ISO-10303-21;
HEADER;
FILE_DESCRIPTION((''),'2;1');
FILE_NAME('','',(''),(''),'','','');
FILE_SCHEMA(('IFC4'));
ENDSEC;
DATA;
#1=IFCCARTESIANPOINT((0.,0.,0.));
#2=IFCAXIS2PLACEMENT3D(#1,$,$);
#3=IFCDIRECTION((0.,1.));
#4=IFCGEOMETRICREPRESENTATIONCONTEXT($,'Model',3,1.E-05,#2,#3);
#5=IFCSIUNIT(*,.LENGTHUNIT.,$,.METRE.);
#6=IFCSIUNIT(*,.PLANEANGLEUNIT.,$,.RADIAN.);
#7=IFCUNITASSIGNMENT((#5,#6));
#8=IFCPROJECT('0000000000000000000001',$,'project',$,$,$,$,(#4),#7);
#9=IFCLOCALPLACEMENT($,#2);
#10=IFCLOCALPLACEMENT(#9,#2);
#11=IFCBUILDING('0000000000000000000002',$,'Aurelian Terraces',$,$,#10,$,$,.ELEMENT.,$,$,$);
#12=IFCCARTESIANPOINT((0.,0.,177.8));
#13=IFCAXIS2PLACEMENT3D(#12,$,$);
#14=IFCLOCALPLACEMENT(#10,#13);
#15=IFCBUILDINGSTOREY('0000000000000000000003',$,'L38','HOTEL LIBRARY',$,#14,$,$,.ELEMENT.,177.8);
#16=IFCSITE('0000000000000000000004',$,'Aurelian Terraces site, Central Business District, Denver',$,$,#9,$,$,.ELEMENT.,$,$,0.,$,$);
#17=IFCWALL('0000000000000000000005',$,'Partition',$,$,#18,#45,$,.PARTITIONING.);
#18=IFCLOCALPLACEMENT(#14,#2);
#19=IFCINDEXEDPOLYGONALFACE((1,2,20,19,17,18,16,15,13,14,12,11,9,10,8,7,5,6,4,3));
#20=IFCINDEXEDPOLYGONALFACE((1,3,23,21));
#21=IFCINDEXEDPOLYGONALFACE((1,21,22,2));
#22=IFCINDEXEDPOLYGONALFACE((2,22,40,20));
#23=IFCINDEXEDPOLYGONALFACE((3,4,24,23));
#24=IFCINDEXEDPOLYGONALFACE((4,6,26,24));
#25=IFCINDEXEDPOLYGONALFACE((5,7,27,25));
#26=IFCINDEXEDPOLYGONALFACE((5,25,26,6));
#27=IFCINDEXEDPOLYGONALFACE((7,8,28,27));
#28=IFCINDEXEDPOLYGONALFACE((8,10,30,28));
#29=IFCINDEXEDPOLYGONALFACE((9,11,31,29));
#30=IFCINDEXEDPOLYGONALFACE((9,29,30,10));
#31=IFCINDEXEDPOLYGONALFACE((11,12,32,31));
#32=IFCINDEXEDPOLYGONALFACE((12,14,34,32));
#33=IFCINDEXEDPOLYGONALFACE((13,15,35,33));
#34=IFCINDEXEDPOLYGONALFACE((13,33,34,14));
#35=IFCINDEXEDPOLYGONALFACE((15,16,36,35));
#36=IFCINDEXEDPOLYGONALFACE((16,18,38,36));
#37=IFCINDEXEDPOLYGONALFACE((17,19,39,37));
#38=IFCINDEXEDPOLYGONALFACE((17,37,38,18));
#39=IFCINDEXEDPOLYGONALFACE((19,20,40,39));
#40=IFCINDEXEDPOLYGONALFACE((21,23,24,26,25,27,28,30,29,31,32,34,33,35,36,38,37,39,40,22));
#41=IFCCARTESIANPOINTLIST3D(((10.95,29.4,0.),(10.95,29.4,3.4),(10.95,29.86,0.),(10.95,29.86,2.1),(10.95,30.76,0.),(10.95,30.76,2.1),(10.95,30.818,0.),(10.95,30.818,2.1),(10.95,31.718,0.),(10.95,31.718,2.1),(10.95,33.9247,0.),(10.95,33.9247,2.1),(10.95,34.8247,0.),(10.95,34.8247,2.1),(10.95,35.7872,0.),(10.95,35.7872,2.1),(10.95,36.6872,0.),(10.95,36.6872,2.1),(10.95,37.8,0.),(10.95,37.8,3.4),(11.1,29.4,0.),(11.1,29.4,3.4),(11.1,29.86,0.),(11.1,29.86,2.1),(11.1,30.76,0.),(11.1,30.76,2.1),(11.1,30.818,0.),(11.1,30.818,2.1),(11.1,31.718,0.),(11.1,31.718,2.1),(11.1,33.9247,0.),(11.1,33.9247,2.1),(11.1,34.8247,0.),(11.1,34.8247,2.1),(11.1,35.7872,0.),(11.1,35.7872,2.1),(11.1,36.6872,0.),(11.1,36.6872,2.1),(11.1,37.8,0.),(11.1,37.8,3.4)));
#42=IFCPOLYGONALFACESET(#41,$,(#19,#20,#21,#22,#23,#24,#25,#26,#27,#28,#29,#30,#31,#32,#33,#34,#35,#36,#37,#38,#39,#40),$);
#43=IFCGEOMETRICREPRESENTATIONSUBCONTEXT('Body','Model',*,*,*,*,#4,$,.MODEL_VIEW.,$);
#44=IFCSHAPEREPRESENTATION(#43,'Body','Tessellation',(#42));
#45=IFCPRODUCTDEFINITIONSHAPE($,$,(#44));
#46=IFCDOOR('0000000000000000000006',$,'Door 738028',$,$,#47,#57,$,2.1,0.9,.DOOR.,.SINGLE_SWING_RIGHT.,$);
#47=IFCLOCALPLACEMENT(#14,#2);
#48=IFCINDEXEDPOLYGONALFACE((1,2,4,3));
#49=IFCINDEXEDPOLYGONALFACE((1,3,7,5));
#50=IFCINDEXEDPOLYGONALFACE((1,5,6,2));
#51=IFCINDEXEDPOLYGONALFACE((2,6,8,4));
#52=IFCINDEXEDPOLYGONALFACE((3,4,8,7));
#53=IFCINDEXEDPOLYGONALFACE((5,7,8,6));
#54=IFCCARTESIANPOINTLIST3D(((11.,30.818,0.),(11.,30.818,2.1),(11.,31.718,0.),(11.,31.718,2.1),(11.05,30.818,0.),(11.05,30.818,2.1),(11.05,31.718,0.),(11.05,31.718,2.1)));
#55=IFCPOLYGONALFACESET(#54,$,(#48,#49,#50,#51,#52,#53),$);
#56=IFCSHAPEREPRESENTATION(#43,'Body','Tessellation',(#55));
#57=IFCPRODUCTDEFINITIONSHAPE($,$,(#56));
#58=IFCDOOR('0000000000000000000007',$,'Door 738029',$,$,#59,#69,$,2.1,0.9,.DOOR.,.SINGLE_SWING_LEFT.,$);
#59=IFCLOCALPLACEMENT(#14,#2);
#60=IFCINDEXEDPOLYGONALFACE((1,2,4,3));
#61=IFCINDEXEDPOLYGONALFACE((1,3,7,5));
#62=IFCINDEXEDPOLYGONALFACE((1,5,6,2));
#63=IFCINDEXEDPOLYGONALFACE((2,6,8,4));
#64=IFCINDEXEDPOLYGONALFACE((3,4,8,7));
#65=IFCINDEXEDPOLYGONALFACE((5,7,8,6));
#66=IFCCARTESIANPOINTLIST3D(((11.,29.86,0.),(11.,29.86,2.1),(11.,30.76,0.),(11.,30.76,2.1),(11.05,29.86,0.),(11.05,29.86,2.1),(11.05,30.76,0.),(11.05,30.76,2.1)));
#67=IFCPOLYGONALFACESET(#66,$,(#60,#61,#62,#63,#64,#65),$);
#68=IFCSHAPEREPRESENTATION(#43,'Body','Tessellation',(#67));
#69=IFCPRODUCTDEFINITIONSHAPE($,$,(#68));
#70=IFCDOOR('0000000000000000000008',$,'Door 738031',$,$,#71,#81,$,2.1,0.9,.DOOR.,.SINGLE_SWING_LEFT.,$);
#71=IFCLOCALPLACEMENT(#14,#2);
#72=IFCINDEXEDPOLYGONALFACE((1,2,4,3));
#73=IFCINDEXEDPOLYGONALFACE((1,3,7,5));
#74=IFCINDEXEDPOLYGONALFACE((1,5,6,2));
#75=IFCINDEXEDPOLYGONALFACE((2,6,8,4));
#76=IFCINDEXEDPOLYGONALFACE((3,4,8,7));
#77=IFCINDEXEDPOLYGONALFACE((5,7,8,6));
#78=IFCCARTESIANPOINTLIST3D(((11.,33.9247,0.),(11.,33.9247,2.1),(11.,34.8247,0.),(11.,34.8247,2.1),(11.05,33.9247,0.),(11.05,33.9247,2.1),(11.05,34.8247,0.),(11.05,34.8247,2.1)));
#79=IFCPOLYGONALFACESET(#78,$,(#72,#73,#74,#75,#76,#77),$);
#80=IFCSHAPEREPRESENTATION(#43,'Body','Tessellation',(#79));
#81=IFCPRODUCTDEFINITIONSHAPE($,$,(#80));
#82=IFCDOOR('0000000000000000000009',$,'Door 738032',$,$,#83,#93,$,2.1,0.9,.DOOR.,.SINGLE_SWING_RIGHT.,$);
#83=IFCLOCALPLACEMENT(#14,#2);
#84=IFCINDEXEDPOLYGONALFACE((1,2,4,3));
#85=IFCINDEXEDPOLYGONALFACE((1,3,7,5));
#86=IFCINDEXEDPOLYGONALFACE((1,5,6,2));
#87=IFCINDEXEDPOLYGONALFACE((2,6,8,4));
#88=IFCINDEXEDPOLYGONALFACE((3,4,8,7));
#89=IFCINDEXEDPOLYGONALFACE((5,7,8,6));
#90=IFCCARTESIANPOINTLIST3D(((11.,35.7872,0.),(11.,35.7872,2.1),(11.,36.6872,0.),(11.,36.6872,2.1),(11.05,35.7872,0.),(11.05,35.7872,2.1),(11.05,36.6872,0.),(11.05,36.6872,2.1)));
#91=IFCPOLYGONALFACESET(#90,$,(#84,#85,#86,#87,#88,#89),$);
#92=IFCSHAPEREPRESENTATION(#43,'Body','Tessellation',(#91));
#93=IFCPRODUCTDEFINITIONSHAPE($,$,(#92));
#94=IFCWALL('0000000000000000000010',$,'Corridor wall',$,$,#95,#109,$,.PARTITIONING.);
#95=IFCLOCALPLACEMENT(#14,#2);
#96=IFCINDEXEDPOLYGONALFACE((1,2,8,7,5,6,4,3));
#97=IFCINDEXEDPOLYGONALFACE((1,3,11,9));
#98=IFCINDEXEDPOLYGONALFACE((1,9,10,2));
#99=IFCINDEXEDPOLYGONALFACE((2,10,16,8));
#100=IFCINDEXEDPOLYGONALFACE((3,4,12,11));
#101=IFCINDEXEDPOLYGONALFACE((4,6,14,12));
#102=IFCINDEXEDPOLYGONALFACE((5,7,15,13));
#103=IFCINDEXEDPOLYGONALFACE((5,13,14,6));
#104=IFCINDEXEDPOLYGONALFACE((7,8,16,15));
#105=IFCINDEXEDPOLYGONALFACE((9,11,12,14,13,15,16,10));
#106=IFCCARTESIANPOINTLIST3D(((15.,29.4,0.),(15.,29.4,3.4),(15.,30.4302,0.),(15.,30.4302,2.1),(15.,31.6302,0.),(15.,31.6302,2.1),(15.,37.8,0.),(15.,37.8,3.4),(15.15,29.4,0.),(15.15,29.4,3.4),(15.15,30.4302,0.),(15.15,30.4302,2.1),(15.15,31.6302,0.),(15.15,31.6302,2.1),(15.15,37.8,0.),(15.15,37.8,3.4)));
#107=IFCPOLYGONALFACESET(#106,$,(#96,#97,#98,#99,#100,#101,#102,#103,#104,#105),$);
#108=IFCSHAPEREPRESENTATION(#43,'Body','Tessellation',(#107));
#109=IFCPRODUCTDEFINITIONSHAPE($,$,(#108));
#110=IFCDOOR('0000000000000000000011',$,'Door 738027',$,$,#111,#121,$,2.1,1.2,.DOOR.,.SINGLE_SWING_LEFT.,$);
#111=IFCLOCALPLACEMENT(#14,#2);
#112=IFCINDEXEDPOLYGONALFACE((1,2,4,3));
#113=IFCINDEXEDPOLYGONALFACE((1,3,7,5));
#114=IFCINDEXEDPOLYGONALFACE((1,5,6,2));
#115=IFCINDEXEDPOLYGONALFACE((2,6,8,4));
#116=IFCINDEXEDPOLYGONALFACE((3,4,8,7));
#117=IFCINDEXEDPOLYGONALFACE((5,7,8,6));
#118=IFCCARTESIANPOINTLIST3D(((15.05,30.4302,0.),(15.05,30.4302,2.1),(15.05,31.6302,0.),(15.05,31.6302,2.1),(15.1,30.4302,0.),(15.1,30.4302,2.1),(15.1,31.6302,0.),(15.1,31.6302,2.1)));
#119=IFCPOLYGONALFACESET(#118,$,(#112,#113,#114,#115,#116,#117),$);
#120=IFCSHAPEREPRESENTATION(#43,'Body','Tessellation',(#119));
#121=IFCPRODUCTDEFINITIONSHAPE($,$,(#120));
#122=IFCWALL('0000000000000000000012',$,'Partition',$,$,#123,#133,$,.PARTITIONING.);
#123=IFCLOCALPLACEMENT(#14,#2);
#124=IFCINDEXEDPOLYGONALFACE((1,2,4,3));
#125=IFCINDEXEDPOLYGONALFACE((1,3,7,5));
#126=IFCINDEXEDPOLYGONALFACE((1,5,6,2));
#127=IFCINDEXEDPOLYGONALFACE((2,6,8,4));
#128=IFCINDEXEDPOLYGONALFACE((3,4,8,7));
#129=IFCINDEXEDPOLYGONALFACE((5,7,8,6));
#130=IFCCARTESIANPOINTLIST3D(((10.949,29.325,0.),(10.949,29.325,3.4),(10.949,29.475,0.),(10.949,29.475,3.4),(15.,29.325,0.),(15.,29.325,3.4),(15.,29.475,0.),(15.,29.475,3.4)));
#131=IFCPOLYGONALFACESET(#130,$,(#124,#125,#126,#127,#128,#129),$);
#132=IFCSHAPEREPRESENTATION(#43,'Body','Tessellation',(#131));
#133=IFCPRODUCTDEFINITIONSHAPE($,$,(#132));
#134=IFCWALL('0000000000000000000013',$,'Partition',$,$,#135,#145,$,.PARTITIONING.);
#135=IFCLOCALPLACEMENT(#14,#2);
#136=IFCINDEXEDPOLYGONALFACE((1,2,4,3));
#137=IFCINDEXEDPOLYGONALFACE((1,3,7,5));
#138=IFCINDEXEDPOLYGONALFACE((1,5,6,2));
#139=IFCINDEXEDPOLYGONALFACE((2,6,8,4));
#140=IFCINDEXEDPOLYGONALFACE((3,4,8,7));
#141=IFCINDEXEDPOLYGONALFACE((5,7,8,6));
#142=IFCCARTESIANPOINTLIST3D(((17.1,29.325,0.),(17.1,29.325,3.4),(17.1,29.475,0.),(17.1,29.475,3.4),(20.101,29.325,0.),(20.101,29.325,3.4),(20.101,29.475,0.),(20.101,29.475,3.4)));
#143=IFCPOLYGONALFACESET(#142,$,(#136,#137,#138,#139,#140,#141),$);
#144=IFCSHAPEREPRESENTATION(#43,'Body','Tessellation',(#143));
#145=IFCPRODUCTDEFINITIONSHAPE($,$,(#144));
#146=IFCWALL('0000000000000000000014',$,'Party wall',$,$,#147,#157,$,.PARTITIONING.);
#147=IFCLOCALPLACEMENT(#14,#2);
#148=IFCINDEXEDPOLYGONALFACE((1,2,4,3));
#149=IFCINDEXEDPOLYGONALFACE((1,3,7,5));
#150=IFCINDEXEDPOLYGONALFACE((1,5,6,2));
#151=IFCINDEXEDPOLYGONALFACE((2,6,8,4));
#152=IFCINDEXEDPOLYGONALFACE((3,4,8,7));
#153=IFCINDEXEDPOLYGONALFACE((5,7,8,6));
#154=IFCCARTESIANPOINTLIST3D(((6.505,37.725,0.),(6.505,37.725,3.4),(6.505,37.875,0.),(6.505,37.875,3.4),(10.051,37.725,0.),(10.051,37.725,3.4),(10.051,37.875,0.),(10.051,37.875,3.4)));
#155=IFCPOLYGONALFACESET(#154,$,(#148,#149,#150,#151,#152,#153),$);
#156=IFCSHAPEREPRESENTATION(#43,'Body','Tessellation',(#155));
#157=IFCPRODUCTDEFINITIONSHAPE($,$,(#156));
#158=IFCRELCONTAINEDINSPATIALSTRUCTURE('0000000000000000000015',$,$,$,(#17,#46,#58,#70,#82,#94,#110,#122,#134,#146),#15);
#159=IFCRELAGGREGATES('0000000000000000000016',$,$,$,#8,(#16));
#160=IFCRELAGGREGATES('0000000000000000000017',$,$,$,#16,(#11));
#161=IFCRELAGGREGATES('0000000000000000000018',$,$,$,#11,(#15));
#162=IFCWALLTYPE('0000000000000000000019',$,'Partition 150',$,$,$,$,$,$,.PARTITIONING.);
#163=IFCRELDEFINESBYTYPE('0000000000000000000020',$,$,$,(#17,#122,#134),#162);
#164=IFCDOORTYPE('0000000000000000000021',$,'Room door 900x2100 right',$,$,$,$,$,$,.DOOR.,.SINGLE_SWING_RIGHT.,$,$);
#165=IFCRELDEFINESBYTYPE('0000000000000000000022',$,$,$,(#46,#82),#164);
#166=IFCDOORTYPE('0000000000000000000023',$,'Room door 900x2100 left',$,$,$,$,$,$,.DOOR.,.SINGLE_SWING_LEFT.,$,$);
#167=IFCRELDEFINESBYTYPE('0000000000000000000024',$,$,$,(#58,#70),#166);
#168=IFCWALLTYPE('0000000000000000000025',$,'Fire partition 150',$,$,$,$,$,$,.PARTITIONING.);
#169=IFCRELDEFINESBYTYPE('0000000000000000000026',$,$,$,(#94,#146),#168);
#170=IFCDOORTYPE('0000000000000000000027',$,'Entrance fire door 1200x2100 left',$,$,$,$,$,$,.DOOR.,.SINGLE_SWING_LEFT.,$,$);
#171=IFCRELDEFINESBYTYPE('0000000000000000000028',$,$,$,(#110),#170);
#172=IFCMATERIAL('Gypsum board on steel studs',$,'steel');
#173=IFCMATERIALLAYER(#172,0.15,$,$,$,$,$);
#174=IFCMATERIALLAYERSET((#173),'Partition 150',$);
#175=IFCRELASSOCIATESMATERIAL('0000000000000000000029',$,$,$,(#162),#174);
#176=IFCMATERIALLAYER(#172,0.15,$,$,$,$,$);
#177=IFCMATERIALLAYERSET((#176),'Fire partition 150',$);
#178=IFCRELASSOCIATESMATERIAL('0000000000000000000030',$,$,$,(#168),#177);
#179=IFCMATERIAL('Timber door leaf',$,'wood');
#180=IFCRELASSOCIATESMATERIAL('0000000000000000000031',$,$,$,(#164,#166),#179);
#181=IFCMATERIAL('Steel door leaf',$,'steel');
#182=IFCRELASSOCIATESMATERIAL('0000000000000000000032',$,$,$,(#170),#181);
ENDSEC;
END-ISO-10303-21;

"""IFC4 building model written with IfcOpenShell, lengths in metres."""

from ifc_helpers import new_model, si_unit, direction, frame, frame_2d, origin, place, context, subcontext, project, spatial, rectangle, extrude, source, transform, mapped, material, layer, layer_set, type_object, element, fill, save


model = new_model("IFC4")

# Units and contexts
model_context = context("Model", 3, precision=1e-05, world=origin(), true_north=direction((0.0, 1.0)))
body_context = subcontext(model_context, "Body", "Model", "MODEL_VIEW")
ifc_project = project(units=[si_unit("LENGTHUNIT", "METRE"), si_unit("PLANEANGLEUNIT", "RADIAN")], contexts=[model_context])

# Site, building, storey
site_placement = place(None, origin())
site = spatial("IfcSite", under=ifc_project, at=site_placement, Name="Aurelian Terraces site, Central Business District, Denver", CompositionType="ELEMENT", RefElevation=0.0)
building_placement = place(site_placement, origin())
building = spatial("IfcBuilding", under=site, at=building_placement, Name="Aurelian Terraces", CompositionType="ELEMENT")
storey_placement = place(building_placement, frame((0.0, 0.0, 177.8)))
storey = spatial("IfcBuildingStorey", under=building, at=storey_placement, Name="L38", Description="HOTEL LIBRARY", CompositionType="ELEMENT", Elevation=177.8)

# Shared definitions
ifc_material_1 = material(Name="Gypsum board on steel studs", Category="steel")
ifc_layer_1 = layer(ifc_material_1, 0.15)
ifc_layer_set_1 = layer_set([ifc_layer_1], Name="Partition 150")
wall_type_1 = type_object("IfcWallType", Name="Partition 150", PredefinedType="PARTITIONING", material=ifc_layer_set_1)

# Shared definitions
ifc_material_2 = material(Name="Timber door leaf", Category="wood")

# Shared definitions
ifc_layer_2 = layer(ifc_material_1, 0.15)
ifc_layer_set_2 = layer_set([ifc_layer_2], Name="Fire partition 150")
wall_type_2 = type_object("IfcWallType", Name="Fire partition 150", PredefinedType="PARTITIONING", material=ifc_layer_set_2)

# Shared definitions
shared_shape_1 = source(origin(), body_context, "Body", "SweptSolid", [
    extrude(rectangle(XDim=0.9, YDim=2.1, at=frame_2d((0.45, 1.05))), frame((0.0, 0.085, 0.0), z_axis=(0.0, -1.0, 0.0), x_axis=(1.0, 0.0, 0.0)), (0.0, 0.0, 1.0), 0.17),
])
door_type_1 = type_object("IfcDoorType", Name="Room door 900x2100 right", OperationType="SINGLE_SWING_RIGHT", PredefinedType="DOOR", material=ifc_material_2)
shared_shape_2 = source(origin(), body_context, "Body", "SweptSolid", [
    extrude(rectangle(XDim=0.9, YDim=2.1, at=frame_2d((0.45, 1.05))), frame((0.0, 0.025, 0.0), z_axis=(0.0, -1.0, 0.0), x_axis=(1.0, 0.0, 0.0)), (0.0, 0.0, 1.0), 0.05),
])

# Wall, openings, doors
shared_shape_3 = source(origin(), body_context, "Body", "SweptSolid", [
    extrude(rectangle(XDim=8.4, YDim=0.15, at=frame_2d((4.2, 0.0))), origin(), (0.0, 0.0, 1.0), 3.4),
])
wall_1_placement = place(storey_placement, frame((11.025, 29.4, 0.0), z_axis=(0.0, 0.0, 1.0), x_axis=(0.0, 1.0, 0.0)))
wall_1 = element("IfcWall", 1, at=wall_1_placement, inside=storey, type_object=wall_type_1, Name="Partition", PredefinedType="PARTITIONING", context=body_context, shape_type="MappedRepresentation", body=[
    mapped(shared_shape_3, transform((0.0, 0.0, 0.0), scale=1.0)),
])
opening_1_placement = place(wall_1_placement, frame((1.418, 0.0, 0.0)))
opening_1 = element("IfcOpeningElement", 2, at=opening_1_placement, cuts=wall_1, PredefinedType="OPENING", context=body_context, shape_type="MappedRepresentation", body=[
    mapped(shared_shape_1, transform((0.0, 0.0, 0.0), scale=1.0)),
])
opening_2_placement = place(wall_1_placement, frame((0.46, 0.0, 0.0)))
opening_2 = element("IfcOpeningElement", 3, at=opening_2_placement, cuts=wall_1, PredefinedType="OPENING", context=body_context, shape_type="MappedRepresentation", body=[
    mapped(shared_shape_1, transform((0.0, 0.0, 0.0), scale=1.0)),
])
opening_3_placement = place(wall_1_placement, frame((4.5247, 0.0, 0.0)))
opening_3 = element("IfcOpeningElement", 4, at=opening_3_placement, cuts=wall_1, PredefinedType="OPENING", context=body_context, shape_type="MappedRepresentation", body=[
    mapped(shared_shape_1, transform((0.0, 0.0, 0.0), scale=1.0)),
])
opening_4_placement = place(wall_1_placement, frame((6.3872, 0.0, 0.0)))
opening_4 = element("IfcOpeningElement", 5, at=opening_4_placement, cuts=wall_1, PredefinedType="OPENING", context=body_context, shape_type="MappedRepresentation", body=[
    mapped(shared_shape_1, transform((0.0, 0.0, 0.0), scale=1.0)),
])
door_1_placement = place(opening_1_placement, origin())
door_1 = element("IfcDoor", 6, at=door_1_placement, inside=storey, type_object=door_type_1, Name="Door 738028", OperationType="SINGLE_SWING_RIGHT", OverallHeight=2.1, OverallWidth=0.9, PredefinedType="DOOR", context=body_context, shape_type="MappedRepresentation", body=[
    mapped(shared_shape_2, transform((0.0, 0.0, 0.0), scale=1.0)),
])
fill(opening_1, door_1)
door_type_2 = type_object("IfcDoorType", Name="Room door 900x2100 left", OperationType="SINGLE_SWING_LEFT", PredefinedType="DOOR", material=ifc_material_2)
door_2_placement = place(opening_2_placement, origin())
door_2 = element("IfcDoor", 7, at=door_2_placement, inside=storey, type_object=door_type_2, Name="Door 738029", OperationType="SINGLE_SWING_LEFT", OverallHeight=2.1, OverallWidth=0.9, PredefinedType="DOOR", context=body_context, shape_type="MappedRepresentation", body=[
    mapped(shared_shape_2, transform((0.0, 0.0, 0.0), scale=1.0)),
])
fill(opening_2, door_2)
door_3_placement = place(opening_3_placement, origin())
door_3 = element("IfcDoor", 8, at=door_3_placement, inside=storey, type_object=door_type_2, Name="Door 738031", OperationType="SINGLE_SWING_LEFT", OverallHeight=2.1, OverallWidth=0.9, PredefinedType="DOOR", context=body_context, shape_type="MappedRepresentation", body=[
    mapped(shared_shape_2, transform((0.0, 0.0, 0.0), scale=1.0)),
])
fill(opening_3, door_3)
door_4_placement = place(opening_4_placement, origin())
door_4 = element("IfcDoor", 9, at=door_4_placement, inside=storey, type_object=door_type_1, Name="Door 738032", OperationType="SINGLE_SWING_RIGHT", OverallHeight=2.1, OverallWidth=0.9, PredefinedType="DOOR", context=body_context, shape_type="MappedRepresentation", body=[
    mapped(shared_shape_2, transform((0.0, 0.0, 0.0), scale=1.0)),
])
fill(opening_4, door_4)

# Wall, opening, door
wall_2_placement = place(storey_placement, frame((15.075, 29.4, 0.0), z_axis=(0.0, 0.0, 1.0), x_axis=(0.0, 1.0, 0.0)))
wall_2 = element("IfcWall", 10, at=wall_2_placement, inside=storey, type_object=wall_type_2, Name="Corridor wall", PredefinedType="PARTITIONING", context=body_context, shape_type="MappedRepresentation", body=[
    mapped(shared_shape_3, transform((0.0, 0.0, 0.0), scale=1.0)),
])
shared_shape_4 = source(origin(), body_context, "Body", "SweptSolid", [
    extrude(rectangle(XDim=1.2, YDim=2.1, at=frame_2d((0.6, 1.05))), frame((0.0, 0.085, 0.0), z_axis=(0.0, -1.0, 0.0), x_axis=(1.0, 0.0, 0.0)), (0.0, 0.0, 1.0), 0.17),
])
opening_5_placement = place(wall_2_placement, frame((1.0302, 0.0, 0.0)))
opening_5 = element("IfcOpeningElement", 11, at=opening_5_placement, cuts=wall_2, PredefinedType="OPENING", context=body_context, shape_type="MappedRepresentation", body=[
    mapped(shared_shape_4, transform((0.0, 0.0, 0.0), scale=1.0)),
])
ifc_material_3 = material(Name="Steel door leaf", Category="steel")
door_type_3 = type_object("IfcDoorType", Name="Entrance fire door 1200x2100 left", OperationType="SINGLE_SWING_LEFT", PredefinedType="DOOR", material=ifc_material_3)
shared_shape_5 = source(origin(), body_context, "Body", "SweptSolid", [
    extrude(rectangle(XDim=1.2, YDim=2.1, at=frame_2d((0.6, 1.05))), frame((0.0, 0.025, 0.0), z_axis=(0.0, -1.0, 0.0), x_axis=(1.0, 0.0, 0.0)), (0.0, 0.0, 1.0), 0.05),
])
door_5_placement = place(opening_5_placement, origin())
door_5 = element("IfcDoor", 12, at=door_5_placement, inside=storey, type_object=door_type_3, Name="Door 738027", OperationType="SINGLE_SWING_LEFT", OverallHeight=2.1, OverallWidth=1.2, PredefinedType="DOOR", context=body_context, shape_type="MappedRepresentation", body=[
    mapped(shared_shape_5, transform((0.0, 0.0, 0.0), scale=1.0)),
])
fill(opening_5, door_5)

# Walls
shared_shape_6 = source(origin(), body_context, "Body", "SweptSolid", [
    extrude(rectangle(XDim=4.051, YDim=0.15, at=frame_2d((2.0255, 0.0))), origin(), (0.0, 0.0, 1.0), 3.4),
])
wall_3_placement = place(storey_placement, frame((15.0, 29.4, 0.0), z_axis=(0.0, 0.0, 1.0), x_axis=(-1.0, 0.0, 0.0)))
element("IfcWall", 13, at=wall_3_placement, inside=storey, type_object=wall_type_1, Name="Partition", PredefinedType="PARTITIONING", context=body_context, shape_type="MappedRepresentation", body=[
    mapped(shared_shape_6, transform((0.0, 0.0, 0.0), scale=1.0)),
])
shared_shape_7 = source(origin(), body_context, "Body", "SweptSolid", [
    extrude(rectangle(XDim=3.001, YDim=0.15, at=frame_2d((1.5005, 0.0))), origin(), (0.0, 0.0, 1.0), 3.4),
])
wall_4_placement = place(storey_placement, frame((20.101, 29.4, 0.0), z_axis=(0.0, 0.0, 1.0), x_axis=(-1.0, 0.0, 0.0)))
element("IfcWall", 14, at=wall_4_placement, inside=storey, type_object=wall_type_1, Name="Partition", PredefinedType="PARTITIONING", context=body_context, shape_type="MappedRepresentation", body=[
    mapped(shared_shape_7, transform((0.0, 0.0, 0.0), scale=1.0)),
])
shared_shape_8 = source(origin(), body_context, "Body", "SweptSolid", [
    extrude(rectangle(XDim=3.546, YDim=0.15, at=frame_2d((1.773, 0.0))), origin(), (0.0, 0.0, 1.0), 3.4),
])
wall_5_placement = place(storey_placement, frame((10.051, 37.8, 0.0), z_axis=(0.0, 0.0, 1.0), x_axis=(-1.0, 0.0, 0.0)))
element("IfcWall", 15, at=wall_5_placement, inside=storey, type_object=wall_type_2, Name="Party wall", PredefinedType="PARTITIONING", context=body_context, shape_type="MappedRepresentation", body=[
    mapped(shared_shape_8, transform((0.0, 0.0, 0.0), scale=1.0)),
])

save(model, "model.ifc")
